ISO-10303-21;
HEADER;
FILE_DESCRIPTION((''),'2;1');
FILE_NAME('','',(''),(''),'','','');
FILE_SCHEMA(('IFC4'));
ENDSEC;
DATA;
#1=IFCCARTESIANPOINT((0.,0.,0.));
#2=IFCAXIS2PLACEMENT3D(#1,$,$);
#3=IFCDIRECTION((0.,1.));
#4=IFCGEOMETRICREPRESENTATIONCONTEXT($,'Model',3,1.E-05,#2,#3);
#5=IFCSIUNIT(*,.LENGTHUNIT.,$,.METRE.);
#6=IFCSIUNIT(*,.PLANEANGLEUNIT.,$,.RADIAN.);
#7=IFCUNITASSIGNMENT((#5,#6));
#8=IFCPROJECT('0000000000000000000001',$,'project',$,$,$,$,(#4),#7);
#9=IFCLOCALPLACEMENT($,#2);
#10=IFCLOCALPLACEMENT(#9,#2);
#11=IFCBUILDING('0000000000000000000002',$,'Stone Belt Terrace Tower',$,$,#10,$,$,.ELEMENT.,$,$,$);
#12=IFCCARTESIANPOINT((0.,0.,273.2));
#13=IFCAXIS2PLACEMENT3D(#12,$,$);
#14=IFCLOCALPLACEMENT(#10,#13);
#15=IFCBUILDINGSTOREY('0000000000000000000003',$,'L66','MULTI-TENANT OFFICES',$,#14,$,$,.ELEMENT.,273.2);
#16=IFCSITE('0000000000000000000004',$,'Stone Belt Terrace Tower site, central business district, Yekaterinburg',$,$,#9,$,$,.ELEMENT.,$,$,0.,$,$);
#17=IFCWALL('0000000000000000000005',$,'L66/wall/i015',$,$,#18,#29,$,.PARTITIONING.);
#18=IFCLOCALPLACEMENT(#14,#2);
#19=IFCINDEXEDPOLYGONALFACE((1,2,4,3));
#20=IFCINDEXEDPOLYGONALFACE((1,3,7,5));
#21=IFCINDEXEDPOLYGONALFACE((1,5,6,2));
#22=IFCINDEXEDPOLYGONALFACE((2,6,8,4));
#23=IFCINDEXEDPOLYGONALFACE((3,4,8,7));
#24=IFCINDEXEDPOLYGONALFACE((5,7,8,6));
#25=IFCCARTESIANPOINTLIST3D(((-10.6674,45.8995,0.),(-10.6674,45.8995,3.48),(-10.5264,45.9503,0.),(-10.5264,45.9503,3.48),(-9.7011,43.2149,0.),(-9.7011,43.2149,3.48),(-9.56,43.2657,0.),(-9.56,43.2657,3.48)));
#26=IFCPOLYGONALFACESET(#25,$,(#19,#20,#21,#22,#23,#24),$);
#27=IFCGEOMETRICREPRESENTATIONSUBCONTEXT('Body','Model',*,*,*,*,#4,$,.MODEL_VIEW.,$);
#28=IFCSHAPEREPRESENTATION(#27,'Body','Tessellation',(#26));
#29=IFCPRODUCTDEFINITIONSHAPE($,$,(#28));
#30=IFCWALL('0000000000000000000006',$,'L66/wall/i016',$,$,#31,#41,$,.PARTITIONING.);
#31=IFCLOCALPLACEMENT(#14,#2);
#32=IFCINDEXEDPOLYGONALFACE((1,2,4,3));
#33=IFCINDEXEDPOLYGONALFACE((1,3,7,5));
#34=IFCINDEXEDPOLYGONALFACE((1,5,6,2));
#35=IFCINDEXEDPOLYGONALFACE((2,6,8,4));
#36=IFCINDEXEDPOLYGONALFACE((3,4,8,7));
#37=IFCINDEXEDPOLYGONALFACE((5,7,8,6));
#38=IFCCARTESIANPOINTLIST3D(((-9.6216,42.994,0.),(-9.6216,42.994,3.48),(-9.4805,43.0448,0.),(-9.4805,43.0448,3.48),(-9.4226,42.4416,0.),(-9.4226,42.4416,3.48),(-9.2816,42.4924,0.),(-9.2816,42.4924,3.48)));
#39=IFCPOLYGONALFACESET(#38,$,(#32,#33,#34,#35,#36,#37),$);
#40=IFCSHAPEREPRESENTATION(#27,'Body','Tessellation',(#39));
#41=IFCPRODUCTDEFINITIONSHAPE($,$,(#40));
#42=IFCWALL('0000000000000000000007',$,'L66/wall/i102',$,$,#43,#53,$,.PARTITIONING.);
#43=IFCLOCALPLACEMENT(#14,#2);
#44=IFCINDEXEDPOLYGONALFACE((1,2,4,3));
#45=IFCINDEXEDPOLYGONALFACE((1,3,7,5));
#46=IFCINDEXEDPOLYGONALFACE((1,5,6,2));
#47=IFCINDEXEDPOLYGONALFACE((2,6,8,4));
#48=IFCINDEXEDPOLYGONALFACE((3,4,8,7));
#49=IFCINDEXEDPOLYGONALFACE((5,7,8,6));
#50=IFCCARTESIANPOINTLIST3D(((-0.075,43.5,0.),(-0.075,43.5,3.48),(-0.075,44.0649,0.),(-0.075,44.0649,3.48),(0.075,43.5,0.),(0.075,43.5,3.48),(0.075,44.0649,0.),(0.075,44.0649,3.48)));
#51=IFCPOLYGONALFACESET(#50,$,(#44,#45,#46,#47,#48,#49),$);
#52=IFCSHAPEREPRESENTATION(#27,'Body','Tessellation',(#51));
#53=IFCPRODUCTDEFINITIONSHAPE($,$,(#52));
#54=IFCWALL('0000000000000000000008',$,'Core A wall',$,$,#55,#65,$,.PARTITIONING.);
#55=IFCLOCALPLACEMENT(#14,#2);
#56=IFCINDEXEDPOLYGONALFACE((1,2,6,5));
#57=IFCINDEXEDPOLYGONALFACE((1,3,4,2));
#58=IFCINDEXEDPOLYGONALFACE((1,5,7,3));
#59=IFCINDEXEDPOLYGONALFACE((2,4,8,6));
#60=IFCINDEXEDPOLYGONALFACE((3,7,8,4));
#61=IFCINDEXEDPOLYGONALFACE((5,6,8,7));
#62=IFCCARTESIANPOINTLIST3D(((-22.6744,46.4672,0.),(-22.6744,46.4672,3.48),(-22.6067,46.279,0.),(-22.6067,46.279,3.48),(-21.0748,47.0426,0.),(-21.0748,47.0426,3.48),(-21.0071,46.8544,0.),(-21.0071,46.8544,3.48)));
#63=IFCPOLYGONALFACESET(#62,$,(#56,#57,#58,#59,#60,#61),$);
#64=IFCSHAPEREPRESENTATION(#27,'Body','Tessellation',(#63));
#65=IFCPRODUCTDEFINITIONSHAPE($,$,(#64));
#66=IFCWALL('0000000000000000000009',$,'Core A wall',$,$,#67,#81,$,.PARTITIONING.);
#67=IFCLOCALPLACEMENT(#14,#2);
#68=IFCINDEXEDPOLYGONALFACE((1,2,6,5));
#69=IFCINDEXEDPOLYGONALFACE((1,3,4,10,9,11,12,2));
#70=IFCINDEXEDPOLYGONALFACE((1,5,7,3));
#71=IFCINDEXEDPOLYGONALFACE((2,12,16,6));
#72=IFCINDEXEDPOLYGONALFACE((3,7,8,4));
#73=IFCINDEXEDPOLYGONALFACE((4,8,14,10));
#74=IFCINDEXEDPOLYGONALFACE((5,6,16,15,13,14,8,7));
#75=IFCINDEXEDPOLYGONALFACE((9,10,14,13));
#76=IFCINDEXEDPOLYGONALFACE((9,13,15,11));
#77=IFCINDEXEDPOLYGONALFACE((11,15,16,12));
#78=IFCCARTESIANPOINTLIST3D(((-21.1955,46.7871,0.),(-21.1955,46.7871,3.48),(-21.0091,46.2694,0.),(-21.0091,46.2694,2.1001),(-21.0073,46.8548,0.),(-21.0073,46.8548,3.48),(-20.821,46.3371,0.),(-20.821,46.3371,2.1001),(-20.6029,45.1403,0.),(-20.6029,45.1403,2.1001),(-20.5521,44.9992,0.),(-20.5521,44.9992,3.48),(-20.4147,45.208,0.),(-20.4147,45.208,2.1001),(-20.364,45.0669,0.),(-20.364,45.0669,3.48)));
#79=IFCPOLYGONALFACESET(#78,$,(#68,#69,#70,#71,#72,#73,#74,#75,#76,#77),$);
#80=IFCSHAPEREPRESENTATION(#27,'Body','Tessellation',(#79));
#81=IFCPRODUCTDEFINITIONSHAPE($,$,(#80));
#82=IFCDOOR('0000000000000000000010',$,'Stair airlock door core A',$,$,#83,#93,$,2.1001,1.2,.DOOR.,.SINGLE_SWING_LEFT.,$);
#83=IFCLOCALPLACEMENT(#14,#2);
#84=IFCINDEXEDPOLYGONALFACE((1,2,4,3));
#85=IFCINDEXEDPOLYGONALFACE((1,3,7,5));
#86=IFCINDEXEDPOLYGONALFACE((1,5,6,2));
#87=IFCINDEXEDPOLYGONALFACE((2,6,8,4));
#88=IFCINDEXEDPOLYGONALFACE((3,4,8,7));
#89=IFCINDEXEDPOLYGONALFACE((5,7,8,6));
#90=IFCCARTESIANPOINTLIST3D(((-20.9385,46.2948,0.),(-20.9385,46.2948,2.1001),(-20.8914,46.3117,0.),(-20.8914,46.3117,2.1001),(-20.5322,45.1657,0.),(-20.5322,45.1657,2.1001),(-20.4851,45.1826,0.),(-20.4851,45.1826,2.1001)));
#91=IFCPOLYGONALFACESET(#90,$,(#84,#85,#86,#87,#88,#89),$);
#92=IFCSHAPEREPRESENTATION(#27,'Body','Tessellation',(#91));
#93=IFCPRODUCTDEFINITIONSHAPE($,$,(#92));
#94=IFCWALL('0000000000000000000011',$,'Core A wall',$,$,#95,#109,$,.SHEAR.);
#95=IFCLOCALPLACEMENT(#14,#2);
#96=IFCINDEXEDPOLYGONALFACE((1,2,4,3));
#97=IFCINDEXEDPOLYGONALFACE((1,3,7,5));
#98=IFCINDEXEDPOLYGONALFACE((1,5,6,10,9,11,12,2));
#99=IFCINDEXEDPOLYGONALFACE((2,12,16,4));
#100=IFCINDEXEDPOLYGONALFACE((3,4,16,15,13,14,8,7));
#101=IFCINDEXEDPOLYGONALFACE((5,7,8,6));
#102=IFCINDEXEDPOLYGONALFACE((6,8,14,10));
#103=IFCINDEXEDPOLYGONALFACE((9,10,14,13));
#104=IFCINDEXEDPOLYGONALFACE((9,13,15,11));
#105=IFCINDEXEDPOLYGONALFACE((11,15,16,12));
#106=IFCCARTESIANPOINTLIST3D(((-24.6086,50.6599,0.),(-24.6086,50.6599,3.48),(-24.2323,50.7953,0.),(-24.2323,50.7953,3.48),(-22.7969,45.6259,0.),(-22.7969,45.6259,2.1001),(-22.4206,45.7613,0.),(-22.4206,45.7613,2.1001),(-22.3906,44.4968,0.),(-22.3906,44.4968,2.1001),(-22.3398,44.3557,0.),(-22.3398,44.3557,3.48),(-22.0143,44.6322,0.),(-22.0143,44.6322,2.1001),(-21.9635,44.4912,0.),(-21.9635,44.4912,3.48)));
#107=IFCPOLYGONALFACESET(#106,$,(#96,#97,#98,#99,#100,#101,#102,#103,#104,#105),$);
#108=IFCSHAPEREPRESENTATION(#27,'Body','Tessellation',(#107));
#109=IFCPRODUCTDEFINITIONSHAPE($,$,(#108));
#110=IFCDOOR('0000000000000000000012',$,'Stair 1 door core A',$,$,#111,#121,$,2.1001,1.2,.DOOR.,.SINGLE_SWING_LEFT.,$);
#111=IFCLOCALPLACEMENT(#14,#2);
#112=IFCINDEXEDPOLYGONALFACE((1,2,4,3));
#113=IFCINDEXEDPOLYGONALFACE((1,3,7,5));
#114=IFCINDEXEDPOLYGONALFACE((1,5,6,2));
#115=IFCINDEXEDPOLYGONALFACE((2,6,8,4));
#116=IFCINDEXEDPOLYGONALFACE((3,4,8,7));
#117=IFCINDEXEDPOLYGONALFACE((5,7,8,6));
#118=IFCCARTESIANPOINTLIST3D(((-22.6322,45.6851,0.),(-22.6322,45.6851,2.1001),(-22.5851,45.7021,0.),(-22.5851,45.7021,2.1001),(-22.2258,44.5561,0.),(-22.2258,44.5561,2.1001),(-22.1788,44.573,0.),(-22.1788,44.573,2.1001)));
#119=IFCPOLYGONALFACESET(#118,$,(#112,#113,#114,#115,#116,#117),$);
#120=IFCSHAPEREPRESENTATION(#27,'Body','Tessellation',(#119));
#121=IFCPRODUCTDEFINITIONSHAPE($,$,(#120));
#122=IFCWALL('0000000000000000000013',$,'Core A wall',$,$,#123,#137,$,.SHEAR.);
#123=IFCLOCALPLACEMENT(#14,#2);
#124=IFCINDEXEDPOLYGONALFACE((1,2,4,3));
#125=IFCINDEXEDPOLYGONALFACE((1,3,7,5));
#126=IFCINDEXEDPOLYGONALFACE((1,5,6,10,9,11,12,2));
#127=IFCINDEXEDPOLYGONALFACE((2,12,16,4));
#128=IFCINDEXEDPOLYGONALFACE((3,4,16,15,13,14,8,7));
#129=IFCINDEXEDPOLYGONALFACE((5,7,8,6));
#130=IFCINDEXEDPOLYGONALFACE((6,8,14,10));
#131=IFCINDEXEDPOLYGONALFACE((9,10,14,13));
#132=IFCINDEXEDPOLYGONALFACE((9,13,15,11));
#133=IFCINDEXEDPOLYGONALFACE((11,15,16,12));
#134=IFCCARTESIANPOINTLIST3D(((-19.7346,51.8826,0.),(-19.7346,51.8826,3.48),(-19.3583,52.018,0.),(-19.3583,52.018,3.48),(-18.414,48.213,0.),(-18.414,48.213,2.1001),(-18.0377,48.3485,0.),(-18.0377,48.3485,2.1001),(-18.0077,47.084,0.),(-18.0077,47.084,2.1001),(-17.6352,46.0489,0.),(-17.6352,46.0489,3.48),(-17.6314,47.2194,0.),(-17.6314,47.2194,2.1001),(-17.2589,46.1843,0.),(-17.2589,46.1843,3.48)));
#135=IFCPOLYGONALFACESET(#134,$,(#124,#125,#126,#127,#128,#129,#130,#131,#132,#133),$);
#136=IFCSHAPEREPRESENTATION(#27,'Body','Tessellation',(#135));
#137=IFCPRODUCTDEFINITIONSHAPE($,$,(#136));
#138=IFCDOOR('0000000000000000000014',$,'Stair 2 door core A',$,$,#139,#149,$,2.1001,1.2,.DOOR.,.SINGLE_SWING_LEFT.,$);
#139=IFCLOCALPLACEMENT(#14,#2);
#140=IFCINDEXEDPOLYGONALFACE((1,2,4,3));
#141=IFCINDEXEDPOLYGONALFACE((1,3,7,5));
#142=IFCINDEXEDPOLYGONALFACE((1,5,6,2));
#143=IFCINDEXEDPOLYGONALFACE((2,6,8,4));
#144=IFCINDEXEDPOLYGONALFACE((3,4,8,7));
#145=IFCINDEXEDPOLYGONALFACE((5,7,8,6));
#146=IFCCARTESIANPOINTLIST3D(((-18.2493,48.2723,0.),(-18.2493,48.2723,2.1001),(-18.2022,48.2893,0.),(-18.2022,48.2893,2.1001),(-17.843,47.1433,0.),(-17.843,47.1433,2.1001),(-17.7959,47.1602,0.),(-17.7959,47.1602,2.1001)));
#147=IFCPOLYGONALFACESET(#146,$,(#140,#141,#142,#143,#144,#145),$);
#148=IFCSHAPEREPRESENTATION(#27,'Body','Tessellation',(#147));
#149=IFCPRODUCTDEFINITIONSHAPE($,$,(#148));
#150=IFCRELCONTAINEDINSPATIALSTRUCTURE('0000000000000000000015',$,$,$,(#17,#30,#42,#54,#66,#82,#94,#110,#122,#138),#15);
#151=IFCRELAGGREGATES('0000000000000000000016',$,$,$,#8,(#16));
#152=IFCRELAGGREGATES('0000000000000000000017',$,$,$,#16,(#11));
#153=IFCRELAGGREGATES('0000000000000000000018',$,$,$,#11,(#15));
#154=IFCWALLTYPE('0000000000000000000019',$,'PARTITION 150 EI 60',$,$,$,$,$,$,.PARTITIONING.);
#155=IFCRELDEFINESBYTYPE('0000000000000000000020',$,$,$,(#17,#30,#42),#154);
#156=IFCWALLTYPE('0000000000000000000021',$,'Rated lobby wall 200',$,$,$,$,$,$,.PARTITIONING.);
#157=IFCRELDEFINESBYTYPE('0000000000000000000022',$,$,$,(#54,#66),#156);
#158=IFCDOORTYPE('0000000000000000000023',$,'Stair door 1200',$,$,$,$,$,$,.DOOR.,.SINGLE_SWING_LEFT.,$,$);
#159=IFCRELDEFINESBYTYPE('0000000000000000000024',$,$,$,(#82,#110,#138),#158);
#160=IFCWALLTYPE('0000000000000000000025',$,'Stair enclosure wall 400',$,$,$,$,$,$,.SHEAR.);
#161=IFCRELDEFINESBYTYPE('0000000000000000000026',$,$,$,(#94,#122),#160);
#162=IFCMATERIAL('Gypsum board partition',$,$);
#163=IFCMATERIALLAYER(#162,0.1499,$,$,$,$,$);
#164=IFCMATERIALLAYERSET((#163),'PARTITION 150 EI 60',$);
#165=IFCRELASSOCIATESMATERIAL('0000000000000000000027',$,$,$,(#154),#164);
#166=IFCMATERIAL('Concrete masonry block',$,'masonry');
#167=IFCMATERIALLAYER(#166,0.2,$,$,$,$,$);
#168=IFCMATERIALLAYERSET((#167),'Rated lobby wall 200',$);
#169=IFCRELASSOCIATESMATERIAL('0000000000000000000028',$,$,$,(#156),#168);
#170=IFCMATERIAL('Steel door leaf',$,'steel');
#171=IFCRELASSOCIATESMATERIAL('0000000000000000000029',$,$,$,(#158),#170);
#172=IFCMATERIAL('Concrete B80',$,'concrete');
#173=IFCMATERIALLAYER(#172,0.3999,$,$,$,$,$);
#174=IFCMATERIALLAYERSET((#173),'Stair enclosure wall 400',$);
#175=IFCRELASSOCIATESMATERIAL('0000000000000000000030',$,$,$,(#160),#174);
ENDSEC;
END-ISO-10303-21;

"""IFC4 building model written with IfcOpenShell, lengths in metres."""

from ifc_helpers import new_model, si_unit, direction, frame, frame_2d, origin, place, context, subcontext, project, spatial, rectangle, extrude, material, layer, layer_set, type_object, element, fill, save


model = new_model("IFC4")

# Units and contexts
model_context = context("Model", 3, precision=1e-05, world=origin(), true_north=direction((0.0, 1.0)))
body_context = subcontext(model_context, "Body", "Model", "MODEL_VIEW")
ifc_project = project(units=[si_unit("LENGTHUNIT", "METRE"), si_unit("PLANEANGLEUNIT", "RADIAN")], contexts=[model_context])

# Site, building, storey
site_placement = place(None, origin())
site = spatial("IfcSite", under=ifc_project, at=site_placement, Name="Stone Belt Terrace Tower site, central business district, Yekaterinburg", CompositionType="ELEMENT", RefElevation=0.0)
building_placement = place(site_placement, origin())
building = spatial("IfcBuilding", under=site, at=building_placement, Name="Stone Belt Terrace Tower", CompositionType="ELEMENT")
storey_placement = place(building_placement, frame((0.0, 0.0, 273.2)))
storey = spatial("IfcBuildingStorey", under=building, at=storey_placement, Name="L66", Description="MULTI-TENANT OFFICES", CompositionType="ELEMENT", Elevation=273.2)

# Shared definitions
ifc_material_1 = material(Name="Gypsum board partition")
ifc_layer_1 = layer(ifc_material_1, 0.1499)
ifc_layer_set_1 = layer_set([ifc_layer_1], Name="PARTITION 150 EI 60")
wall_type_1 = type_object("IfcWallType", Name="PARTITION 150 EI 60", PredefinedType="PARTITIONING", material=ifc_layer_set_1)

# Walls
wall_1_placement = place(storey_placement, frame((-10.5969, 45.925, 0.0), z_axis=(0.0, 0.0, 1.0), x_axis=(0.338677, -0.940903, 0.0)))
element("IfcWall", 1, at=wall_1_placement, inside=storey, type_object=wall_type_1, Name="L66/wall/i015", PredefinedType="PARTITIONING", context=body_context, shape_type="SweptSolid", body=[
    extrude(rectangle(XDim=2.8533, YDim=0.1499, at=frame_2d((1.4268, 0.0))), origin(), (0.0, 0.0, 1.0), 3.48),
])
wall_2_placement = place(storey_placement, frame((-9.551, 43.0193, 0.0), z_axis=(0.0, 0.0, 1.0), x_axis=(0.338837, -0.940845, 0.0)))
element("IfcWall", 2, at=wall_2_placement, inside=storey, type_object=wall_type_1, Name="L66/wall/i016", PredefinedType="PARTITIONING", context=body_context, shape_type="SweptSolid", body=[
    extrude(rectangle(XDim=0.5872, YDim=0.1499, at=frame_2d((0.2935, 0.0))), origin(), (0.0, 0.0, 1.0), 3.48),
])
wall_3_placement = place(storey_placement, frame((0.0, 44.0649, 0.0), z_axis=(0.0, 0.0, 1.0), x_axis=(0.0, -1.0, 0.0)))
element("IfcWall", 3, at=wall_3_placement, inside=storey, type_object=wall_type_1, Name="L66/wall/i102", PredefinedType="PARTITIONING", context=body_context, shape_type="SweptSolid", body=[
    extrude(rectangle(XDim=0.5649, YDim=0.1499, at=frame_2d((0.2825, 0.0))), origin(), (0.0, 0.0, 1.0), 3.48),
])
ifc_material_2 = material(Name="Concrete masonry block", Category="masonry")
ifc_layer_2 = layer(ifc_material_2, 0.2)
ifc_layer_set_2 = layer_set([ifc_layer_2], Name="Rated lobby wall 200")
wall_type_2 = type_object("IfcWallType", Name="Rated lobby wall 200", PredefinedType="PARTITIONING", material=ifc_layer_set_2)
wall_4_placement = place(storey_placement, frame((-22.6406, 46.373, 0.0), z_axis=(0.0, 0.0, 1.0), x_axis=(0.940966, 0.338501, 0.0)))
element("IfcWall", 4, at=wall_4_placement, inside=storey, type_object=wall_type_2, Name="Core A wall", PredefinedType="PARTITIONING", context=body_context, shape_type="SweptSolid", body=[
    extrude(rectangle(XDim=1.7, YDim=0.2, at=frame_2d((0.8501, 0.0))), origin(), (0.0, 0.0, 1.0), 3.48),
])

# Walls, openings, doors
wall_5_placement = place(storey_placement, frame((-20.458, 45.033, 0.0), z_axis=(0.0, 0.0, 1.0), x_axis=(-0.338574, 0.94094, 0.0)))
wall_5 = element("IfcWall", 5, at=wall_5_placement, inside=storey, type_object=wall_type_2, Name="Core A wall", PredefinedType="PARTITIONING", context=body_context, shape_type="SweptSolid", body=[
    extrude(rectangle(XDim=1.9001, YDim=0.2, at=frame_2d((0.9502, 0.0))), origin(), (0.0, 0.0, 1.0), 3.48),
])
opening_1_placement = place(wall_5_placement, frame((0.1499, 0.0, 0.0)))
opening_1 = element("IfcOpeningElement", 6, at=opening_1_placement, cuts=wall_5, PredefinedType="OPENING", context=body_context, shape_type="SweptSolid", body=[
    extrude(rectangle(XDim=1.2, YDim=2.1001, at=frame_2d((0.6001, 1.05))), frame((0.0, 0.1099, 0.0), z_axis=(0.0, -1.0, 0.0), x_axis=(1.0, 0.0, 0.0)), (0.0, 0.0, 1.0), 0.22),
])
ifc_material_3 = material(Name="Steel door leaf", Category="steel")
door_type_1 = type_object("IfcDoorType", Name="Stair door 1200", OperationType="SINGLE_SWING_LEFT", PredefinedType="DOOR", material=ifc_material_3)
door_1_placement = place(opening_1_placement, origin())
door_1 = element("IfcDoor", 7, at=door_1_placement, inside=storey, type_object=door_type_1, Name="Stair airlock door core A", OperationType="SINGLE_SWING_LEFT", OverallHeight=2.1001, OverallWidth=1.2, PredefinedType="DOOR", context=body_context, shape_type="SweptSolid", body=[
    extrude(rectangle(XDim=1.2, YDim=2.1001, at=frame_2d((0.6001, 1.05))), frame((0.0, 0.0249, 0.0), z_axis=(0.0, -1.0, 0.0), x_axis=(1.0, 0.0, 0.0)), (0.0, 0.0, 1.0), 0.05),
])
fill(opening_1, door_1)
ifc_material_4 = material(Name="Concrete B80", Category="concrete")
ifc_layer_3 = layer(ifc_material_4, 0.3999)
ifc_layer_set_3 = layer_set([ifc_layer_3], Name="Stair enclosure wall 400")
wall_type_3 = type_object("IfcWallType", Name="Stair enclosure wall 400", PredefinedType="SHEAR", material=ifc_layer_set_3)
wall_6_placement = place(storey_placement, frame((-22.1516, 44.4233, 0.0), z_axis=(0.0, 0.0, 1.0), x_axis=(-0.338625, 0.940921, 0.0)))
wall_6 = element("IfcWall", 8, at=wall_6_placement, inside=storey, type_object=wall_type_3, Name="Core A wall", PredefinedType="SHEAR", context=body_context, shape_type="SweptSolid", body=[
    extrude(rectangle(XDim=6.7, YDim=0.3999, at=frame_2d((3.3501, 0.0))), origin(), (0.0, 0.0, 1.0), 3.48),
])
opening_2_placement = place(wall_6_placement, frame((0.1499, 0.0, 0.0)))
opening_2 = element("IfcOpeningElement", 9, at=opening_2_placement, cuts=wall_6, PredefinedType="OPENING", context=body_context, shape_type="SweptSolid", body=[
    extrude(rectangle(XDim=1.2, YDim=2.1001, at=frame_2d((0.6001, 1.05))), frame((0.0, 0.21, 0.0), z_axis=(0.0, -1.0, 0.0), x_axis=(1.0, 0.0, 0.0)), (0.0, 0.0, 1.0), 0.4199),
])
door_2_placement = place(opening_2_placement, origin())
door_2 = element("IfcDoor", 10, at=door_2_placement, inside=storey, type_object=door_type_1, Name="Stair 1 door core A", OperationType="SINGLE_SWING_LEFT", OverallHeight=2.1001, OverallWidth=1.2, PredefinedType="DOOR", context=body_context, shape_type="SweptSolid", body=[
    extrude(rectangle(XDim=1.2, YDim=2.1001, at=frame_2d((0.6001, 1.05))), frame((0.0, 0.0249, 0.0), z_axis=(0.0, -1.0, 0.0), x_axis=(1.0, 0.0, 0.0)), (0.0, 0.0, 1.0), 0.05),
])
fill(opening_2, door_2)
wall_7_placement = place(storey_placement, frame((-17.447, 46.1165, 0.0), z_axis=(0.0, 0.0, 1.0), x_axis=(-0.338608, 0.940928, 0.0)))
wall_7 = element("IfcWall", 11, at=wall_7_placement, inside=storey, type_object=wall_type_3, Name="Core A wall", PredefinedType="SHEAR", context=body_context, shape_type="SweptSolid", body=[
    extrude(rectangle(XDim=6.2, YDim=0.3999, at=frame_2d((3.1001, 0.0))), origin(), (0.0, 0.0, 1.0), 3.48),
])
opening_3_placement = place(wall_7_placement, frame((1.1001, 0.0, 0.0)))
opening_3 = element("IfcOpeningElement", 12, at=opening_3_placement, cuts=wall_7, PredefinedType="OPENING", context=body_context, shape_type="SweptSolid", body=[
    extrude(rectangle(XDim=1.2, YDim=2.1001, at=frame_2d((0.6001, 1.05))), frame((0.0, 0.21, 0.0), z_axis=(0.0, -1.0, 0.0), x_axis=(1.0, 0.0, 0.0)), (0.0, 0.0, 1.0), 0.4199),
])
door_3_placement = place(opening_3_placement, origin())
door_3 = element("IfcDoor", 13, at=door_3_placement, inside=storey, type_object=door_type_1, Name="Stair 2 door core A", OperationType="SINGLE_SWING_LEFT", OverallHeight=2.1001, OverallWidth=1.2, PredefinedType="DOOR", context=body_context, shape_type="SweptSolid", body=[
    extrude(rectangle(XDim=1.2, YDim=2.1001, at=frame_2d((0.6001, 1.05))), frame((0.0, 0.0249, 0.0), z_axis=(0.0, -1.0, 0.0), x_axis=(1.0, 0.0, 0.0)), (0.0, 0.0, 1.0), 0.05),
])
fill(opening_3, door_3)

save(model, "model.ifc")
